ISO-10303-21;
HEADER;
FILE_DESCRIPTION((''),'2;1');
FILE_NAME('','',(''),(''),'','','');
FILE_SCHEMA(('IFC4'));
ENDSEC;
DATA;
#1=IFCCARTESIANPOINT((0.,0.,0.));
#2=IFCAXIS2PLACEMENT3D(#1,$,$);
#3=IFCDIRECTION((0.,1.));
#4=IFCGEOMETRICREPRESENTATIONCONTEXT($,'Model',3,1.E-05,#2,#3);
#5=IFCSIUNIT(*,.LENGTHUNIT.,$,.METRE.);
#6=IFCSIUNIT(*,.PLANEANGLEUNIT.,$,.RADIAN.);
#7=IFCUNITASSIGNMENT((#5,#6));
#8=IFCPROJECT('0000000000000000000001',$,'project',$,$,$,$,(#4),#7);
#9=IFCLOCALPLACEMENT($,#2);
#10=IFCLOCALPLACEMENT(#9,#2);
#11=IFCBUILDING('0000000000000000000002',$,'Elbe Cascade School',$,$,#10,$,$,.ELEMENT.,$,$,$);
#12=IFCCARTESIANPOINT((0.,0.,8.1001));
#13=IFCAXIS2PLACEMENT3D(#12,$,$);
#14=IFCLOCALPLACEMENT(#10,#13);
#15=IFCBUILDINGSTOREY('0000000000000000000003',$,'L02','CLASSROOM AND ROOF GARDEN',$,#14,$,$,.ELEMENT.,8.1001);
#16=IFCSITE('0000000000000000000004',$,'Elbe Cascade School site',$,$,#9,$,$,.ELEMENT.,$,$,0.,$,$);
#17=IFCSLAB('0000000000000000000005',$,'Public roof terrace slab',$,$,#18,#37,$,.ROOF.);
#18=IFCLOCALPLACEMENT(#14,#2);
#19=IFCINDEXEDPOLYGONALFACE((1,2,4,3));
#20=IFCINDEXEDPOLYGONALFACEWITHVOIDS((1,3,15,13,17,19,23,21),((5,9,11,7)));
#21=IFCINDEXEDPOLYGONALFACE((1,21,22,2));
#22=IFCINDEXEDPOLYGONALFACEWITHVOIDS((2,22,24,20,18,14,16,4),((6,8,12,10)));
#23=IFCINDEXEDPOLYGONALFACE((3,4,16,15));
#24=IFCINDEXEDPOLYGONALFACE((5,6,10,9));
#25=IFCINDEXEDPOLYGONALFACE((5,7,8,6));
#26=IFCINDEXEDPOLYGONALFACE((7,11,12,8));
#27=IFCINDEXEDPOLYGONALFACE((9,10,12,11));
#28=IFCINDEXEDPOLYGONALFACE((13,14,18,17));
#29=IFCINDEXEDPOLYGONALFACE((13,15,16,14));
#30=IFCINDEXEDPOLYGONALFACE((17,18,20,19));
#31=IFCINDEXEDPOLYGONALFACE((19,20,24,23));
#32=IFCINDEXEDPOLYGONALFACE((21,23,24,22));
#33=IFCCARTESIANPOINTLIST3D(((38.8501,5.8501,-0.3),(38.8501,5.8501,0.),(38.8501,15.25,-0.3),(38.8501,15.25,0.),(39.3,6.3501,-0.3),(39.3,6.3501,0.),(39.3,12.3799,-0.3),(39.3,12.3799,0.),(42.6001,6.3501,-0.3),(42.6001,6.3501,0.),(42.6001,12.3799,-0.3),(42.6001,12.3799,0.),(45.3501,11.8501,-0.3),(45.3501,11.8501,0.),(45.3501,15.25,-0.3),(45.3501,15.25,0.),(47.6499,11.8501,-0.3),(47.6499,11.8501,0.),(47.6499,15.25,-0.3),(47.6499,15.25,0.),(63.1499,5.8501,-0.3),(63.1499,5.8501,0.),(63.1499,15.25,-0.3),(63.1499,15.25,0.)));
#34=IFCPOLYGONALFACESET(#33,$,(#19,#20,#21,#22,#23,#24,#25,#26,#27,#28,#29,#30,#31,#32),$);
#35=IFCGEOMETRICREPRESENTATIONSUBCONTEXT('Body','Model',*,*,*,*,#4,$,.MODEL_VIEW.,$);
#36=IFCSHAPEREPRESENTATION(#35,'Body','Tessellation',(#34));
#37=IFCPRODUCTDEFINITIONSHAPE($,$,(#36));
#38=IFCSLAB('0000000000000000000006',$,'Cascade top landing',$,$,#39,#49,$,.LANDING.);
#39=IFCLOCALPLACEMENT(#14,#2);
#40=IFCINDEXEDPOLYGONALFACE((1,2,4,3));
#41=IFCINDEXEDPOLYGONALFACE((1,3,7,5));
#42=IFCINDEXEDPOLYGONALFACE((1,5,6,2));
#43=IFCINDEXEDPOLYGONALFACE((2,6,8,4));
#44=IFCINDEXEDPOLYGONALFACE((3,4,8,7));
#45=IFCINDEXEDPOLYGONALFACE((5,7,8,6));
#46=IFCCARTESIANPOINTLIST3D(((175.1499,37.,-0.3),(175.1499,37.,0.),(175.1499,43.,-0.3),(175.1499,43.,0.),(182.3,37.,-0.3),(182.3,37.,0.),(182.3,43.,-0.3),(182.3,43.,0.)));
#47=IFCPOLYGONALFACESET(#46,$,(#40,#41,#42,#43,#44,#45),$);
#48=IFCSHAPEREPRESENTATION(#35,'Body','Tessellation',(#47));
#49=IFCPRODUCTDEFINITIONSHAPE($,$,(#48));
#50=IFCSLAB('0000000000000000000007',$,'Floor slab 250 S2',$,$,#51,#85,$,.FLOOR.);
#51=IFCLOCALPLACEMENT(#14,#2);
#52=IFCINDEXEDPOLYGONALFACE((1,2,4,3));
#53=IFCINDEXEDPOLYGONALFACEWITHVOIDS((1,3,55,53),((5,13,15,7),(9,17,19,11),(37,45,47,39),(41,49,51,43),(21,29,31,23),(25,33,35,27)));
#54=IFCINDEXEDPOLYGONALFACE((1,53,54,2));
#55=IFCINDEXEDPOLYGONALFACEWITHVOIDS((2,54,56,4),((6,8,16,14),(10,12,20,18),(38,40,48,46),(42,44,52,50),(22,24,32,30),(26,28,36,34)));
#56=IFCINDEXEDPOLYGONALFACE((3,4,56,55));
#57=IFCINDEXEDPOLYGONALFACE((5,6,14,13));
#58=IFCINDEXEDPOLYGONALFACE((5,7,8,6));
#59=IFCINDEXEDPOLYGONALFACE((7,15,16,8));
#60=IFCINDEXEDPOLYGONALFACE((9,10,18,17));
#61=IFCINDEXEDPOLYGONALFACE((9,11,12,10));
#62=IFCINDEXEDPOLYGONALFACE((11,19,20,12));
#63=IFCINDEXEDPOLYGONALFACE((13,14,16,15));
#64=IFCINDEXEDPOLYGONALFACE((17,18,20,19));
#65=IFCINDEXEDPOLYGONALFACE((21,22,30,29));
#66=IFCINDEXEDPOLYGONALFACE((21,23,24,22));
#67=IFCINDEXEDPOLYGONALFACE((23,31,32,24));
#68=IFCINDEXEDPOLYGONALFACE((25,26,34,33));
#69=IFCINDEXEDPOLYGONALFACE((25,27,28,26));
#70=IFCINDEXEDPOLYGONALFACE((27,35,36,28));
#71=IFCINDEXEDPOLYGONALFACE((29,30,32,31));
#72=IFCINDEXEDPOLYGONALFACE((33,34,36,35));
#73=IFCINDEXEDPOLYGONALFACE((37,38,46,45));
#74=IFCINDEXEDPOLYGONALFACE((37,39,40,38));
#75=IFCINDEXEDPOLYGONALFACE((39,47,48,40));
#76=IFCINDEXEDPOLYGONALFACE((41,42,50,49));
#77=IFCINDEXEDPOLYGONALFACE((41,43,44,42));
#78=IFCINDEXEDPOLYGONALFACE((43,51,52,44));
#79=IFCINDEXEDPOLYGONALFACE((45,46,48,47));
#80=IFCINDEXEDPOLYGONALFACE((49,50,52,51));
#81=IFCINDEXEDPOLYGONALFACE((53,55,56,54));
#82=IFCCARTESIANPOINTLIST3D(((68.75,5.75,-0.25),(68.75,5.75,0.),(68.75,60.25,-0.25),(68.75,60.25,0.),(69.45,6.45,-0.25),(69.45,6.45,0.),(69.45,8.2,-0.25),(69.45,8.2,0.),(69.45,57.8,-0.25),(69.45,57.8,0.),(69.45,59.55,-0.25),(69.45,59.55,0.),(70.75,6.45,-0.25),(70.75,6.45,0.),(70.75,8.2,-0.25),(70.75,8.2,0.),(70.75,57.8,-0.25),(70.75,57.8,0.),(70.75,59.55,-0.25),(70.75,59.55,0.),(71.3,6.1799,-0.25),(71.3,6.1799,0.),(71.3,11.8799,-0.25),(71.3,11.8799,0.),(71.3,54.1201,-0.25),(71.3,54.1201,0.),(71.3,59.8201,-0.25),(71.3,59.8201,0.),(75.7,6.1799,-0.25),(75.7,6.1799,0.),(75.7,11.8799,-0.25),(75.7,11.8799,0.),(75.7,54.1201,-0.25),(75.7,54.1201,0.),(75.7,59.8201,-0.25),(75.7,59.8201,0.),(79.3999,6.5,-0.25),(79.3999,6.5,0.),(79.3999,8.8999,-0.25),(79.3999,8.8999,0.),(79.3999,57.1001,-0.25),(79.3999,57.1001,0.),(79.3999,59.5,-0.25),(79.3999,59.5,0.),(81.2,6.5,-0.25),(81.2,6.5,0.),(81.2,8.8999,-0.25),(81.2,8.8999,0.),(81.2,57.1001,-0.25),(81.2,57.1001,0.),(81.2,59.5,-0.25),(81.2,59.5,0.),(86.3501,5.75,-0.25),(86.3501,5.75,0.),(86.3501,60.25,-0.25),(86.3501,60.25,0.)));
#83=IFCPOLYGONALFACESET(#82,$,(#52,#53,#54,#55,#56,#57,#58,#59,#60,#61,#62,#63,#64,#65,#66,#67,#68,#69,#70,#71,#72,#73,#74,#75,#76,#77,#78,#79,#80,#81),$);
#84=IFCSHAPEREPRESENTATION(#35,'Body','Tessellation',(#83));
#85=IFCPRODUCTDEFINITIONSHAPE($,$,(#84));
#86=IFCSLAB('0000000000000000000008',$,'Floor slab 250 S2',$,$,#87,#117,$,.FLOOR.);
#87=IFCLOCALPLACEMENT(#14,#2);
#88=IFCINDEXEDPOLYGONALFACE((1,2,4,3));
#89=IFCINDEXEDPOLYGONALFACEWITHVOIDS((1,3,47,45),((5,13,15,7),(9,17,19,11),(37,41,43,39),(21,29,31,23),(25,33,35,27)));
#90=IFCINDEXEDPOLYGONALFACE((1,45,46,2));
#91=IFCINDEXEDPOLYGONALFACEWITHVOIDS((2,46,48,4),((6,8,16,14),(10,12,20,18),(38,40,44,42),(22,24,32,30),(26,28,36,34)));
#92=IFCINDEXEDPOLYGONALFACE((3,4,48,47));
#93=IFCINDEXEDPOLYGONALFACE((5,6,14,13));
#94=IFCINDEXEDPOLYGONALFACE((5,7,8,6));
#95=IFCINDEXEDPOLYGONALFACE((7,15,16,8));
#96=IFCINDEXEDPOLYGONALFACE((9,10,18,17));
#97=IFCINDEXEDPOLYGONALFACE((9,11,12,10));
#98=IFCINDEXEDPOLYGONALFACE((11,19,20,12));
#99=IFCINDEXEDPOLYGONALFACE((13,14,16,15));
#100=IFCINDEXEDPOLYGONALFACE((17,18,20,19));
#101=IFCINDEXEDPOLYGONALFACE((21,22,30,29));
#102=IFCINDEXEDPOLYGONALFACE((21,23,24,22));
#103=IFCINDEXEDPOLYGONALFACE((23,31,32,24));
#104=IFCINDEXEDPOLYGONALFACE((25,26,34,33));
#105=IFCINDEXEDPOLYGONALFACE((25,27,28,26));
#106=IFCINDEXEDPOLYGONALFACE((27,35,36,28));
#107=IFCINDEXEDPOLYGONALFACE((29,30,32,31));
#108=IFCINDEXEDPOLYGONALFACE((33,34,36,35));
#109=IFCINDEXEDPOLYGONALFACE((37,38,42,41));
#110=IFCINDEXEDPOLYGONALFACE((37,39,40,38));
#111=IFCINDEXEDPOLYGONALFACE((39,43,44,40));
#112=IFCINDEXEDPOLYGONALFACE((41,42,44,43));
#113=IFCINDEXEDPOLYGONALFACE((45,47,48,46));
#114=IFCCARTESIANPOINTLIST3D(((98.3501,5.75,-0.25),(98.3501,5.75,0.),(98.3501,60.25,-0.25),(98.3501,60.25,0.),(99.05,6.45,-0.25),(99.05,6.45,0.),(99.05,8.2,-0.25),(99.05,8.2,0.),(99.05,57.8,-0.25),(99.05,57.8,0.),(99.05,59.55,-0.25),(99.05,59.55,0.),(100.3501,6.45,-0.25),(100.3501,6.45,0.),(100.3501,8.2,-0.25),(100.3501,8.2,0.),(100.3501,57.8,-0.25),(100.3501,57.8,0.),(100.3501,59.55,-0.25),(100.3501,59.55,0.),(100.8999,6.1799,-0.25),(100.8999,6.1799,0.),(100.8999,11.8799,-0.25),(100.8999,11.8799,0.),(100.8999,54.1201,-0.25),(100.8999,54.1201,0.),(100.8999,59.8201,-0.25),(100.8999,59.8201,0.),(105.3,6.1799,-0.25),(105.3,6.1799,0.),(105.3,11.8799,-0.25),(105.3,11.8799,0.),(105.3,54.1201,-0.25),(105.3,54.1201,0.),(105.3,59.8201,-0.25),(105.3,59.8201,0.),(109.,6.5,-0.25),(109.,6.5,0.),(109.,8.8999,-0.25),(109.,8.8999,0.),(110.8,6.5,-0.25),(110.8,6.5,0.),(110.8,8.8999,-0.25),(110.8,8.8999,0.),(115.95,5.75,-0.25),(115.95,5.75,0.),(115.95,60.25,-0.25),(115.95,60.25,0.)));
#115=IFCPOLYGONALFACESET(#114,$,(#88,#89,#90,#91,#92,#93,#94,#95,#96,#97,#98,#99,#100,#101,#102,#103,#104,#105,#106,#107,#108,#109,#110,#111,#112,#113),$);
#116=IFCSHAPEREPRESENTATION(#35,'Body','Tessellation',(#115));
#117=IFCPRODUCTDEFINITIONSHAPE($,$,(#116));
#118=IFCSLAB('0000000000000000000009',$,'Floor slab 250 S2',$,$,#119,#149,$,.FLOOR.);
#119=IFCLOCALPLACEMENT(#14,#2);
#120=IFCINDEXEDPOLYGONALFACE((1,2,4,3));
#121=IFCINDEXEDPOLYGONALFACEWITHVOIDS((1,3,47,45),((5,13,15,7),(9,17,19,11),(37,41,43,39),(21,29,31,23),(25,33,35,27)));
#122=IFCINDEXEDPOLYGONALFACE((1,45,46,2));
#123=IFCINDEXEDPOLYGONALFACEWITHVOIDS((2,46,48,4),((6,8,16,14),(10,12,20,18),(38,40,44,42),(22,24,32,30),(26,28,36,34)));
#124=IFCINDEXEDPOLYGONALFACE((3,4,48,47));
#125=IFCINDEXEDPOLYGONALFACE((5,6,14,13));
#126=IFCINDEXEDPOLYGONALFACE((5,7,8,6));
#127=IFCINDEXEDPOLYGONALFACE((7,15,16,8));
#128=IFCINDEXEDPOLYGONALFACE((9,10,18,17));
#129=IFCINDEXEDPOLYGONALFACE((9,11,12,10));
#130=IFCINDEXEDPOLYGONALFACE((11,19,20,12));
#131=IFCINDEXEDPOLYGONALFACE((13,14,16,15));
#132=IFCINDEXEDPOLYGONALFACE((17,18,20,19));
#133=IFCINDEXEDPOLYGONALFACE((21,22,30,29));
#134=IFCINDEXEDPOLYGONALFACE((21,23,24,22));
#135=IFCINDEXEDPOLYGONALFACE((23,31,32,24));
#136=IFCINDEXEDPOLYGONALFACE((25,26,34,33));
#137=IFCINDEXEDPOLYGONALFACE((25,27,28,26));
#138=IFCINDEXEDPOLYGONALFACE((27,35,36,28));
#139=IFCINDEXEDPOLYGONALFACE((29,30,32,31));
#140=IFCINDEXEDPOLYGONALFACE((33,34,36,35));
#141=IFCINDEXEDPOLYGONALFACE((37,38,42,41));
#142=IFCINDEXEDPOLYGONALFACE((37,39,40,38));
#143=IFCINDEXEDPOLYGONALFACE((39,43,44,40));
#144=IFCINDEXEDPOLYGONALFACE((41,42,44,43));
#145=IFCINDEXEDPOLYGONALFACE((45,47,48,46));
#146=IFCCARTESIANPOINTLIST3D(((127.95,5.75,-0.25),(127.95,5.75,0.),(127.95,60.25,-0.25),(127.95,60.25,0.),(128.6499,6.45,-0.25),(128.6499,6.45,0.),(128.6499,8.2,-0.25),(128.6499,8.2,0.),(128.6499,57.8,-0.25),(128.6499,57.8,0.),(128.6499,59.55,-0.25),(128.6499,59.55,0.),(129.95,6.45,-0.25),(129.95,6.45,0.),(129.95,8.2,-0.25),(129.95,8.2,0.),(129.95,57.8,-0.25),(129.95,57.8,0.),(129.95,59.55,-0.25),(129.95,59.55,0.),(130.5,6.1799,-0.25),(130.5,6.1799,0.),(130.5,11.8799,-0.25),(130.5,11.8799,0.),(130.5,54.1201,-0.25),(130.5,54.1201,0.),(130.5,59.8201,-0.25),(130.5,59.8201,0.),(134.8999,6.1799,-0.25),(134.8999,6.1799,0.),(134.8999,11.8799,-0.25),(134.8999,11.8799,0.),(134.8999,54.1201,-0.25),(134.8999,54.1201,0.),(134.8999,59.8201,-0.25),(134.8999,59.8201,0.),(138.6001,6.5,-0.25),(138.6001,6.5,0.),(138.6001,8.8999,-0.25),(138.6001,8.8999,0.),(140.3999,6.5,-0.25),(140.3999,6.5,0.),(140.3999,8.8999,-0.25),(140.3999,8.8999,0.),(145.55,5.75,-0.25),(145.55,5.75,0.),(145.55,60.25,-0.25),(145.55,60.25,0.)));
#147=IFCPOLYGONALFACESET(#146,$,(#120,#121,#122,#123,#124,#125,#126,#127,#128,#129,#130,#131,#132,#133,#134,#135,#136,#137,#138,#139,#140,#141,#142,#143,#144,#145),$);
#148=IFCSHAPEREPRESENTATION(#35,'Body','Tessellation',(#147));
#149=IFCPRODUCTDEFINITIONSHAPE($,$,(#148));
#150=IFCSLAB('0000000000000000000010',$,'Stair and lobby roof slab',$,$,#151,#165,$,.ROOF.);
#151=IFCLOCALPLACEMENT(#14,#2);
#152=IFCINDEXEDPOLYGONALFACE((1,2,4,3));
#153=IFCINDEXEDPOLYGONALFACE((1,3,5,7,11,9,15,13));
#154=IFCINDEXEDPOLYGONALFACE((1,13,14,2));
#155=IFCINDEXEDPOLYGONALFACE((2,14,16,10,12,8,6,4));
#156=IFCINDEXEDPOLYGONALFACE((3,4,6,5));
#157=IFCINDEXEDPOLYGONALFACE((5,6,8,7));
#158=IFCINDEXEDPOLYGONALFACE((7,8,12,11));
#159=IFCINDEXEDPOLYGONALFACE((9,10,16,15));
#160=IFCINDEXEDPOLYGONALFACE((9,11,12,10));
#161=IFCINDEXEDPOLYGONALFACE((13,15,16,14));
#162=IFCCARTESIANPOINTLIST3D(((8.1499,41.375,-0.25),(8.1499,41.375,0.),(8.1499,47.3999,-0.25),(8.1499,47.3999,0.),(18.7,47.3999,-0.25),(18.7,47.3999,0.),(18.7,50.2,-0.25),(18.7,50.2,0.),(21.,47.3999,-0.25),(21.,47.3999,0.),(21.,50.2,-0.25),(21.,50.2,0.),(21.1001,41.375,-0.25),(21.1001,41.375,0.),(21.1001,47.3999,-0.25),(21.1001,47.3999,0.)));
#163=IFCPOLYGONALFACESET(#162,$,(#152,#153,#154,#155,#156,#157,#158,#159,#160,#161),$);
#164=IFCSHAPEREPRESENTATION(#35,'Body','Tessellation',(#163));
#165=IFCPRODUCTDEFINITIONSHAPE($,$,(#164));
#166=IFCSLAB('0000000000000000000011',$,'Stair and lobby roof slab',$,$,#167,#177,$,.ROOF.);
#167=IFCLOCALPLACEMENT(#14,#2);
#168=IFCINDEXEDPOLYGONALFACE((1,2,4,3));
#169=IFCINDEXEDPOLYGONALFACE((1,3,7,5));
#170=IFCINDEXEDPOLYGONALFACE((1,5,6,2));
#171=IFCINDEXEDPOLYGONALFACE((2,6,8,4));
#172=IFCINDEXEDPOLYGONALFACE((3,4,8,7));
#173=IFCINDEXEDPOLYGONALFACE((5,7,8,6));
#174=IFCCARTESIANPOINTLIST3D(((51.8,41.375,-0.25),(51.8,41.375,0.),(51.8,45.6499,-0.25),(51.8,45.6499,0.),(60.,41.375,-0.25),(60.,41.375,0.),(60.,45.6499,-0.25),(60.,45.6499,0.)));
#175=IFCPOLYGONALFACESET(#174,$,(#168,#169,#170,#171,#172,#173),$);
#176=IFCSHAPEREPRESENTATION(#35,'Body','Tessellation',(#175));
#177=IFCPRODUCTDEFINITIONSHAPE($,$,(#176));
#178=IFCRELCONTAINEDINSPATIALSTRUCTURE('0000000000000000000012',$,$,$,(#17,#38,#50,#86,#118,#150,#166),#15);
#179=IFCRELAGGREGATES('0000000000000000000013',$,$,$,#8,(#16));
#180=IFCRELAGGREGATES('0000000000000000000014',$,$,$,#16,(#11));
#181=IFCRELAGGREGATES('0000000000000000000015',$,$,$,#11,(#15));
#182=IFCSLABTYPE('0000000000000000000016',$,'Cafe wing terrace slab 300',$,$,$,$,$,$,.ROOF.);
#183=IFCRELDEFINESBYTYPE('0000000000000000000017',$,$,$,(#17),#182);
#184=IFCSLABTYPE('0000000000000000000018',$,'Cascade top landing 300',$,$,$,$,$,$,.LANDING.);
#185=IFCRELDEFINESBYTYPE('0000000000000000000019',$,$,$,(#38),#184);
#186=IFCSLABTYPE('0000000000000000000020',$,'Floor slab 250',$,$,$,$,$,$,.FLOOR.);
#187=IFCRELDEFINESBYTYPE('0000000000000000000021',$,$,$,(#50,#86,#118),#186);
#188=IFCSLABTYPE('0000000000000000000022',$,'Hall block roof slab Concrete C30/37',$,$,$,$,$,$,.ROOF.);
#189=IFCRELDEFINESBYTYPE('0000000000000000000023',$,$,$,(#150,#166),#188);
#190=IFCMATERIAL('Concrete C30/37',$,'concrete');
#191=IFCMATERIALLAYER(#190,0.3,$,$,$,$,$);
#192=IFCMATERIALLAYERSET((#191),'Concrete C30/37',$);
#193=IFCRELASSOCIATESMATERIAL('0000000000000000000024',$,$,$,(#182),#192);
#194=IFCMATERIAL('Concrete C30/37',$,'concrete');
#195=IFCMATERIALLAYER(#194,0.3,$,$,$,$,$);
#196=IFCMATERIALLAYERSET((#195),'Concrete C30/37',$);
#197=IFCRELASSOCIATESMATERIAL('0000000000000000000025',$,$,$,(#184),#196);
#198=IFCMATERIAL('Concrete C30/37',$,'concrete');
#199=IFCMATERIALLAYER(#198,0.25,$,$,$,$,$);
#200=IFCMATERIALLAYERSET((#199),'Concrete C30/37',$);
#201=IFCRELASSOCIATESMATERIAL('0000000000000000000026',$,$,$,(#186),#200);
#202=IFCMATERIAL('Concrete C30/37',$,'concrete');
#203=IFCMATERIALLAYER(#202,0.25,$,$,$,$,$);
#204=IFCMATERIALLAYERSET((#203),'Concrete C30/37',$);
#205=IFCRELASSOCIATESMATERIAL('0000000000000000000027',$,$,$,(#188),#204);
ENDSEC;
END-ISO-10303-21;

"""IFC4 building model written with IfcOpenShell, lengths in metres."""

from ifc_helpers import new_model, si_unit, direction, frame, origin, place, context, subcontext, project, spatial, polyline, outline, extrude, material, layer, layer_set, type_object, element, save


model = new_model("IFC4")

# Units and contexts
model_context = context("Model", 3, precision=1e-05, world=origin(), true_north=direction((0.0, 1.0)))
body_context = subcontext(model_context, "Body", "Model", "MODEL_VIEW")
ifc_project = project(units=[si_unit("LENGTHUNIT", "METRE"), si_unit("PLANEANGLEUNIT", "RADIAN")], contexts=[model_context])

# Site, building, storey
site_placement = place(None, origin())
site = spatial("IfcSite", under=ifc_project, at=site_placement, Name="Elbe Cascade School site", CompositionType="ELEMENT", RefElevation=0.0)
building_placement = place(site_placement, origin())
building = spatial("IfcBuilding", under=site, at=building_placement, Name="Elbe Cascade School", CompositionType="ELEMENT")
storey_placement = place(building_placement, frame((0.0, 0.0, 8.1001)))
storey = spatial("IfcBuildingStorey", under=building, at=storey_placement, Name="L02", Description="CLASSROOM AND ROOF GARDEN", CompositionType="ELEMENT", Elevation=8.1001)

# Slabs
ifc_material_1 = material(Name="Concrete C30/37", Category="concrete")
ifc_layer_1 = layer(ifc_material_1, 0.3)
ifc_layer_set_1 = layer_set([ifc_layer_1], Name="Concrete C30/37")
slab_type_1 = type_object("IfcSlabType", Name="Cafe wing terrace slab 300", PredefinedType="ROOF", material=ifc_layer_set_1)
slab_1_placement = place(storey_placement, frame((0.0, 0.0, -0.3)))
element("IfcSlab", 1, at=slab_1_placement, inside=storey, type_object=slab_type_1, Name="Public roof terrace slab", PredefinedType="ROOF", context=body_context, shape_type="SweptSolid", body=[
    extrude(outline(polyline([(63.1499, 15.25), (63.1499, 5.8501), (38.8501, 5.8501), (38.8501, 15.25), (45.3501, 15.25), (45.3501, 11.8501), (47.6499, 11.8501), (47.6499, 15.25), (63.1499, 15.25)]), holes=[polyline([(42.6001, 6.3501), (42.6001, 12.3799), (39.3, 12.3799), (39.3, 6.3501), (42.6001, 6.3501)])]), origin(), (0.0, 0.0, 1.0), 0.3),
])
ifc_material_2 = material(Name="Concrete C30/37", Category="concrete")
ifc_layer_2 = layer(ifc_material_2, 0.3)
ifc_layer_set_2 = layer_set([ifc_layer_2], Name="Concrete C30/37")
slab_type_2 = type_object("IfcSlabType", Name="Cascade top landing 300", PredefinedType="LANDING", material=ifc_layer_set_2)
slab_2_placement = place(storey_placement, frame((0.0, 0.0, -0.3)))
element("IfcSlab", 2, at=slab_2_placement, inside=storey, type_object=slab_type_2, Name="Cascade top landing", PredefinedType="LANDING", context=body_context, shape_type="SweptSolid", body=[
    extrude(outline(polyline([(175.1499, 37.0), (182.3, 37.0), (182.3, 43.0), (175.1499, 43.0), (175.1499, 37.0)])), origin(), (0.0, 0.0, 1.0), 0.3),
])
ifc_material_3 = material(Name="Concrete C30/37", Category="concrete")
ifc_layer_3 = layer(ifc_material_3, 0.25)
ifc_layer_set_3 = layer_set([ifc_layer_3], Name="Concrete C30/37")
slab_type_3 = type_object("IfcSlabType", Name="Floor slab 250", PredefinedType="FLOOR", material=ifc_layer_set_3)
slab_3_placement = place(storey_placement, frame((0.0, 0.0, -0.25)))
element("IfcSlab", 3, at=slab_3_placement, inside=storey, type_object=slab_type_3, Name="Floor slab 250 S2", PredefinedType="FLOOR", context=body_context, shape_type="SweptSolid", body=[
    extrude(outline(polyline([(68.75, 5.75), (86.3501, 5.75), (86.3501, 60.25), (68.75, 60.25), (68.75, 5.75)]), holes=[polyline([(71.3, 6.1799), (75.7, 6.1799), (75.7, 11.8799), (71.3, 11.8799), (71.3, 6.1799)]), polyline([(79.3999, 6.5), (81.2, 6.5), (81.2, 8.8999), (79.3999, 8.8999), (79.3999, 6.5)]), polyline([(71.3, 54.1201), (75.7, 54.1201), (75.7, 59.8201), (71.3, 59.8201), (71.3, 54.1201)]), polyline([(79.3999, 57.1001), (81.2, 57.1001), (81.2, 59.5), (79.3999, 59.5), (79.3999, 57.1001)]), polyline([(69.45, 6.45), (70.75, 6.45), (70.75, 8.2), (69.45, 8.2), (69.45, 6.45)]), polyline([(69.45, 57.8), (70.75, 57.8), (70.75, 59.55), (69.45, 59.55), (69.45, 57.8)])]), origin(), (0.0, 0.0, 1.0), 0.25),
])
slab_4_placement = place(storey_placement, frame((0.0, 0.0, -0.25)))
element("IfcSlab", 4, at=slab_4_placement, inside=storey, type_object=slab_type_3, Name="Floor slab 250 S2", PredefinedType="FLOOR", context=body_context, shape_type="SweptSolid", body=[
    extrude(outline(polyline([(98.3501, 5.75), (115.95, 5.75), (115.95, 60.25), (98.3501, 60.25), (98.3501, 5.75)]), holes=[polyline([(100.8999, 6.1799), (105.3, 6.1799), (105.3, 11.8799), (100.8999, 11.8799), (100.8999, 6.1799)]), polyline([(109.0, 6.5), (110.8, 6.5), (110.8, 8.8999), (109.0, 8.8999), (109.0, 6.5)]), polyline([(100.8999, 54.1201), (105.3, 54.1201), (105.3, 59.8201), (100.8999, 59.8201), (100.8999, 54.1201)]), polyline([(99.05, 6.45), (100.3501, 6.45), (100.3501, 8.2), (99.05, 8.2), (99.05, 6.45)]), polyline([(99.05, 57.8), (100.3501, 57.8), (100.3501, 59.55), (99.05, 59.55), (99.05, 57.8)])]), origin(), (0.0, 0.0, 1.0), 0.25),
])
slab_5_placement = place(storey_placement, frame((0.0, 0.0, -0.25)))
element("IfcSlab", 5, at=slab_5_placement, inside=storey, type_object=slab_type_3, Name="Floor slab 250 S2", PredefinedType="FLOOR", context=body_context, shape_type="SweptSolid", body=[
    extrude(outline(polyline([(127.95, 5.75), (145.55, 5.75), (145.55, 60.25), (127.95, 60.25), (127.95, 5.75)]), holes=[polyline([(130.5, 6.1799), (134.8999, 6.1799), (134.8999, 11.8799), (130.5, 11.8799), (130.5, 6.1799)]), polyline([(138.6001, 6.5), (140.3999, 6.5), (140.3999, 8.8999), (138.6001, 8.8999), (138.6001, 6.5)]), polyline([(130.5, 54.1201), (134.8999, 54.1201), (134.8999, 59.8201), (130.5, 59.8201), (130.5, 54.1201)]), polyline([(128.6499, 6.45), (129.95, 6.45), (129.95, 8.2), (128.6499, 8.2), (128.6499, 6.45)]), polyline([(128.6499, 57.8), (129.95, 57.8), (129.95, 59.55), (128.6499, 59.55), (128.6499, 57.8)])]), origin(), (0.0, 0.0, 1.0), 0.25),
])
ifc_material_4 = material(Name="Concrete C30/37", Category="concrete")
ifc_layer_4 = layer(ifc_material_4, 0.25)
ifc_layer_set_4 = layer_set([ifc_layer_4], Name="Concrete C30/37")
slab_type_4 = type_object("IfcSlabType", Name="Hall block roof slab Concrete C30/37", PredefinedType="ROOF", material=ifc_layer_set_4)
slab_6_placement = place(storey_placement, frame((0.0, 0.0, -0.25)))
element("IfcSlab", 6, at=slab_6_placement, inside=storey, type_object=slab_type_4, Name="Stair and lobby roof slab", PredefinedType="ROOF", context=body_context, shape_type="SweptSolid", body=[
    extrude(outline(polyline([(21.1001, 47.3999), (21.1001, 41.375), (8.1499, 41.375), (8.1499, 47.3999), (18.7, 47.3999), (18.7, 50.2), (21.0, 50.2), (21.0, 47.3999), (21.1001, 47.3999)])), origin(), (0.0, 0.0, 1.0), 0.25),
])
slab_7_placement = place(storey_placement, frame((0.0, 0.0, -0.25)))
element("IfcSlab", 7, at=slab_7_placement, inside=storey, type_object=slab_type_4, Name="Stair and lobby roof slab", PredefinedType="ROOF", context=body_context, shape_type="SweptSolid", body=[
    extrude(outline(polyline([(60.0, 41.375), (60.0, 45.6499), (51.8, 45.6499), (51.8, 41.375), (60.0, 41.375)])), origin(), (0.0, 0.0, 1.0), 0.25),
])

save(model, "model.ifc")
